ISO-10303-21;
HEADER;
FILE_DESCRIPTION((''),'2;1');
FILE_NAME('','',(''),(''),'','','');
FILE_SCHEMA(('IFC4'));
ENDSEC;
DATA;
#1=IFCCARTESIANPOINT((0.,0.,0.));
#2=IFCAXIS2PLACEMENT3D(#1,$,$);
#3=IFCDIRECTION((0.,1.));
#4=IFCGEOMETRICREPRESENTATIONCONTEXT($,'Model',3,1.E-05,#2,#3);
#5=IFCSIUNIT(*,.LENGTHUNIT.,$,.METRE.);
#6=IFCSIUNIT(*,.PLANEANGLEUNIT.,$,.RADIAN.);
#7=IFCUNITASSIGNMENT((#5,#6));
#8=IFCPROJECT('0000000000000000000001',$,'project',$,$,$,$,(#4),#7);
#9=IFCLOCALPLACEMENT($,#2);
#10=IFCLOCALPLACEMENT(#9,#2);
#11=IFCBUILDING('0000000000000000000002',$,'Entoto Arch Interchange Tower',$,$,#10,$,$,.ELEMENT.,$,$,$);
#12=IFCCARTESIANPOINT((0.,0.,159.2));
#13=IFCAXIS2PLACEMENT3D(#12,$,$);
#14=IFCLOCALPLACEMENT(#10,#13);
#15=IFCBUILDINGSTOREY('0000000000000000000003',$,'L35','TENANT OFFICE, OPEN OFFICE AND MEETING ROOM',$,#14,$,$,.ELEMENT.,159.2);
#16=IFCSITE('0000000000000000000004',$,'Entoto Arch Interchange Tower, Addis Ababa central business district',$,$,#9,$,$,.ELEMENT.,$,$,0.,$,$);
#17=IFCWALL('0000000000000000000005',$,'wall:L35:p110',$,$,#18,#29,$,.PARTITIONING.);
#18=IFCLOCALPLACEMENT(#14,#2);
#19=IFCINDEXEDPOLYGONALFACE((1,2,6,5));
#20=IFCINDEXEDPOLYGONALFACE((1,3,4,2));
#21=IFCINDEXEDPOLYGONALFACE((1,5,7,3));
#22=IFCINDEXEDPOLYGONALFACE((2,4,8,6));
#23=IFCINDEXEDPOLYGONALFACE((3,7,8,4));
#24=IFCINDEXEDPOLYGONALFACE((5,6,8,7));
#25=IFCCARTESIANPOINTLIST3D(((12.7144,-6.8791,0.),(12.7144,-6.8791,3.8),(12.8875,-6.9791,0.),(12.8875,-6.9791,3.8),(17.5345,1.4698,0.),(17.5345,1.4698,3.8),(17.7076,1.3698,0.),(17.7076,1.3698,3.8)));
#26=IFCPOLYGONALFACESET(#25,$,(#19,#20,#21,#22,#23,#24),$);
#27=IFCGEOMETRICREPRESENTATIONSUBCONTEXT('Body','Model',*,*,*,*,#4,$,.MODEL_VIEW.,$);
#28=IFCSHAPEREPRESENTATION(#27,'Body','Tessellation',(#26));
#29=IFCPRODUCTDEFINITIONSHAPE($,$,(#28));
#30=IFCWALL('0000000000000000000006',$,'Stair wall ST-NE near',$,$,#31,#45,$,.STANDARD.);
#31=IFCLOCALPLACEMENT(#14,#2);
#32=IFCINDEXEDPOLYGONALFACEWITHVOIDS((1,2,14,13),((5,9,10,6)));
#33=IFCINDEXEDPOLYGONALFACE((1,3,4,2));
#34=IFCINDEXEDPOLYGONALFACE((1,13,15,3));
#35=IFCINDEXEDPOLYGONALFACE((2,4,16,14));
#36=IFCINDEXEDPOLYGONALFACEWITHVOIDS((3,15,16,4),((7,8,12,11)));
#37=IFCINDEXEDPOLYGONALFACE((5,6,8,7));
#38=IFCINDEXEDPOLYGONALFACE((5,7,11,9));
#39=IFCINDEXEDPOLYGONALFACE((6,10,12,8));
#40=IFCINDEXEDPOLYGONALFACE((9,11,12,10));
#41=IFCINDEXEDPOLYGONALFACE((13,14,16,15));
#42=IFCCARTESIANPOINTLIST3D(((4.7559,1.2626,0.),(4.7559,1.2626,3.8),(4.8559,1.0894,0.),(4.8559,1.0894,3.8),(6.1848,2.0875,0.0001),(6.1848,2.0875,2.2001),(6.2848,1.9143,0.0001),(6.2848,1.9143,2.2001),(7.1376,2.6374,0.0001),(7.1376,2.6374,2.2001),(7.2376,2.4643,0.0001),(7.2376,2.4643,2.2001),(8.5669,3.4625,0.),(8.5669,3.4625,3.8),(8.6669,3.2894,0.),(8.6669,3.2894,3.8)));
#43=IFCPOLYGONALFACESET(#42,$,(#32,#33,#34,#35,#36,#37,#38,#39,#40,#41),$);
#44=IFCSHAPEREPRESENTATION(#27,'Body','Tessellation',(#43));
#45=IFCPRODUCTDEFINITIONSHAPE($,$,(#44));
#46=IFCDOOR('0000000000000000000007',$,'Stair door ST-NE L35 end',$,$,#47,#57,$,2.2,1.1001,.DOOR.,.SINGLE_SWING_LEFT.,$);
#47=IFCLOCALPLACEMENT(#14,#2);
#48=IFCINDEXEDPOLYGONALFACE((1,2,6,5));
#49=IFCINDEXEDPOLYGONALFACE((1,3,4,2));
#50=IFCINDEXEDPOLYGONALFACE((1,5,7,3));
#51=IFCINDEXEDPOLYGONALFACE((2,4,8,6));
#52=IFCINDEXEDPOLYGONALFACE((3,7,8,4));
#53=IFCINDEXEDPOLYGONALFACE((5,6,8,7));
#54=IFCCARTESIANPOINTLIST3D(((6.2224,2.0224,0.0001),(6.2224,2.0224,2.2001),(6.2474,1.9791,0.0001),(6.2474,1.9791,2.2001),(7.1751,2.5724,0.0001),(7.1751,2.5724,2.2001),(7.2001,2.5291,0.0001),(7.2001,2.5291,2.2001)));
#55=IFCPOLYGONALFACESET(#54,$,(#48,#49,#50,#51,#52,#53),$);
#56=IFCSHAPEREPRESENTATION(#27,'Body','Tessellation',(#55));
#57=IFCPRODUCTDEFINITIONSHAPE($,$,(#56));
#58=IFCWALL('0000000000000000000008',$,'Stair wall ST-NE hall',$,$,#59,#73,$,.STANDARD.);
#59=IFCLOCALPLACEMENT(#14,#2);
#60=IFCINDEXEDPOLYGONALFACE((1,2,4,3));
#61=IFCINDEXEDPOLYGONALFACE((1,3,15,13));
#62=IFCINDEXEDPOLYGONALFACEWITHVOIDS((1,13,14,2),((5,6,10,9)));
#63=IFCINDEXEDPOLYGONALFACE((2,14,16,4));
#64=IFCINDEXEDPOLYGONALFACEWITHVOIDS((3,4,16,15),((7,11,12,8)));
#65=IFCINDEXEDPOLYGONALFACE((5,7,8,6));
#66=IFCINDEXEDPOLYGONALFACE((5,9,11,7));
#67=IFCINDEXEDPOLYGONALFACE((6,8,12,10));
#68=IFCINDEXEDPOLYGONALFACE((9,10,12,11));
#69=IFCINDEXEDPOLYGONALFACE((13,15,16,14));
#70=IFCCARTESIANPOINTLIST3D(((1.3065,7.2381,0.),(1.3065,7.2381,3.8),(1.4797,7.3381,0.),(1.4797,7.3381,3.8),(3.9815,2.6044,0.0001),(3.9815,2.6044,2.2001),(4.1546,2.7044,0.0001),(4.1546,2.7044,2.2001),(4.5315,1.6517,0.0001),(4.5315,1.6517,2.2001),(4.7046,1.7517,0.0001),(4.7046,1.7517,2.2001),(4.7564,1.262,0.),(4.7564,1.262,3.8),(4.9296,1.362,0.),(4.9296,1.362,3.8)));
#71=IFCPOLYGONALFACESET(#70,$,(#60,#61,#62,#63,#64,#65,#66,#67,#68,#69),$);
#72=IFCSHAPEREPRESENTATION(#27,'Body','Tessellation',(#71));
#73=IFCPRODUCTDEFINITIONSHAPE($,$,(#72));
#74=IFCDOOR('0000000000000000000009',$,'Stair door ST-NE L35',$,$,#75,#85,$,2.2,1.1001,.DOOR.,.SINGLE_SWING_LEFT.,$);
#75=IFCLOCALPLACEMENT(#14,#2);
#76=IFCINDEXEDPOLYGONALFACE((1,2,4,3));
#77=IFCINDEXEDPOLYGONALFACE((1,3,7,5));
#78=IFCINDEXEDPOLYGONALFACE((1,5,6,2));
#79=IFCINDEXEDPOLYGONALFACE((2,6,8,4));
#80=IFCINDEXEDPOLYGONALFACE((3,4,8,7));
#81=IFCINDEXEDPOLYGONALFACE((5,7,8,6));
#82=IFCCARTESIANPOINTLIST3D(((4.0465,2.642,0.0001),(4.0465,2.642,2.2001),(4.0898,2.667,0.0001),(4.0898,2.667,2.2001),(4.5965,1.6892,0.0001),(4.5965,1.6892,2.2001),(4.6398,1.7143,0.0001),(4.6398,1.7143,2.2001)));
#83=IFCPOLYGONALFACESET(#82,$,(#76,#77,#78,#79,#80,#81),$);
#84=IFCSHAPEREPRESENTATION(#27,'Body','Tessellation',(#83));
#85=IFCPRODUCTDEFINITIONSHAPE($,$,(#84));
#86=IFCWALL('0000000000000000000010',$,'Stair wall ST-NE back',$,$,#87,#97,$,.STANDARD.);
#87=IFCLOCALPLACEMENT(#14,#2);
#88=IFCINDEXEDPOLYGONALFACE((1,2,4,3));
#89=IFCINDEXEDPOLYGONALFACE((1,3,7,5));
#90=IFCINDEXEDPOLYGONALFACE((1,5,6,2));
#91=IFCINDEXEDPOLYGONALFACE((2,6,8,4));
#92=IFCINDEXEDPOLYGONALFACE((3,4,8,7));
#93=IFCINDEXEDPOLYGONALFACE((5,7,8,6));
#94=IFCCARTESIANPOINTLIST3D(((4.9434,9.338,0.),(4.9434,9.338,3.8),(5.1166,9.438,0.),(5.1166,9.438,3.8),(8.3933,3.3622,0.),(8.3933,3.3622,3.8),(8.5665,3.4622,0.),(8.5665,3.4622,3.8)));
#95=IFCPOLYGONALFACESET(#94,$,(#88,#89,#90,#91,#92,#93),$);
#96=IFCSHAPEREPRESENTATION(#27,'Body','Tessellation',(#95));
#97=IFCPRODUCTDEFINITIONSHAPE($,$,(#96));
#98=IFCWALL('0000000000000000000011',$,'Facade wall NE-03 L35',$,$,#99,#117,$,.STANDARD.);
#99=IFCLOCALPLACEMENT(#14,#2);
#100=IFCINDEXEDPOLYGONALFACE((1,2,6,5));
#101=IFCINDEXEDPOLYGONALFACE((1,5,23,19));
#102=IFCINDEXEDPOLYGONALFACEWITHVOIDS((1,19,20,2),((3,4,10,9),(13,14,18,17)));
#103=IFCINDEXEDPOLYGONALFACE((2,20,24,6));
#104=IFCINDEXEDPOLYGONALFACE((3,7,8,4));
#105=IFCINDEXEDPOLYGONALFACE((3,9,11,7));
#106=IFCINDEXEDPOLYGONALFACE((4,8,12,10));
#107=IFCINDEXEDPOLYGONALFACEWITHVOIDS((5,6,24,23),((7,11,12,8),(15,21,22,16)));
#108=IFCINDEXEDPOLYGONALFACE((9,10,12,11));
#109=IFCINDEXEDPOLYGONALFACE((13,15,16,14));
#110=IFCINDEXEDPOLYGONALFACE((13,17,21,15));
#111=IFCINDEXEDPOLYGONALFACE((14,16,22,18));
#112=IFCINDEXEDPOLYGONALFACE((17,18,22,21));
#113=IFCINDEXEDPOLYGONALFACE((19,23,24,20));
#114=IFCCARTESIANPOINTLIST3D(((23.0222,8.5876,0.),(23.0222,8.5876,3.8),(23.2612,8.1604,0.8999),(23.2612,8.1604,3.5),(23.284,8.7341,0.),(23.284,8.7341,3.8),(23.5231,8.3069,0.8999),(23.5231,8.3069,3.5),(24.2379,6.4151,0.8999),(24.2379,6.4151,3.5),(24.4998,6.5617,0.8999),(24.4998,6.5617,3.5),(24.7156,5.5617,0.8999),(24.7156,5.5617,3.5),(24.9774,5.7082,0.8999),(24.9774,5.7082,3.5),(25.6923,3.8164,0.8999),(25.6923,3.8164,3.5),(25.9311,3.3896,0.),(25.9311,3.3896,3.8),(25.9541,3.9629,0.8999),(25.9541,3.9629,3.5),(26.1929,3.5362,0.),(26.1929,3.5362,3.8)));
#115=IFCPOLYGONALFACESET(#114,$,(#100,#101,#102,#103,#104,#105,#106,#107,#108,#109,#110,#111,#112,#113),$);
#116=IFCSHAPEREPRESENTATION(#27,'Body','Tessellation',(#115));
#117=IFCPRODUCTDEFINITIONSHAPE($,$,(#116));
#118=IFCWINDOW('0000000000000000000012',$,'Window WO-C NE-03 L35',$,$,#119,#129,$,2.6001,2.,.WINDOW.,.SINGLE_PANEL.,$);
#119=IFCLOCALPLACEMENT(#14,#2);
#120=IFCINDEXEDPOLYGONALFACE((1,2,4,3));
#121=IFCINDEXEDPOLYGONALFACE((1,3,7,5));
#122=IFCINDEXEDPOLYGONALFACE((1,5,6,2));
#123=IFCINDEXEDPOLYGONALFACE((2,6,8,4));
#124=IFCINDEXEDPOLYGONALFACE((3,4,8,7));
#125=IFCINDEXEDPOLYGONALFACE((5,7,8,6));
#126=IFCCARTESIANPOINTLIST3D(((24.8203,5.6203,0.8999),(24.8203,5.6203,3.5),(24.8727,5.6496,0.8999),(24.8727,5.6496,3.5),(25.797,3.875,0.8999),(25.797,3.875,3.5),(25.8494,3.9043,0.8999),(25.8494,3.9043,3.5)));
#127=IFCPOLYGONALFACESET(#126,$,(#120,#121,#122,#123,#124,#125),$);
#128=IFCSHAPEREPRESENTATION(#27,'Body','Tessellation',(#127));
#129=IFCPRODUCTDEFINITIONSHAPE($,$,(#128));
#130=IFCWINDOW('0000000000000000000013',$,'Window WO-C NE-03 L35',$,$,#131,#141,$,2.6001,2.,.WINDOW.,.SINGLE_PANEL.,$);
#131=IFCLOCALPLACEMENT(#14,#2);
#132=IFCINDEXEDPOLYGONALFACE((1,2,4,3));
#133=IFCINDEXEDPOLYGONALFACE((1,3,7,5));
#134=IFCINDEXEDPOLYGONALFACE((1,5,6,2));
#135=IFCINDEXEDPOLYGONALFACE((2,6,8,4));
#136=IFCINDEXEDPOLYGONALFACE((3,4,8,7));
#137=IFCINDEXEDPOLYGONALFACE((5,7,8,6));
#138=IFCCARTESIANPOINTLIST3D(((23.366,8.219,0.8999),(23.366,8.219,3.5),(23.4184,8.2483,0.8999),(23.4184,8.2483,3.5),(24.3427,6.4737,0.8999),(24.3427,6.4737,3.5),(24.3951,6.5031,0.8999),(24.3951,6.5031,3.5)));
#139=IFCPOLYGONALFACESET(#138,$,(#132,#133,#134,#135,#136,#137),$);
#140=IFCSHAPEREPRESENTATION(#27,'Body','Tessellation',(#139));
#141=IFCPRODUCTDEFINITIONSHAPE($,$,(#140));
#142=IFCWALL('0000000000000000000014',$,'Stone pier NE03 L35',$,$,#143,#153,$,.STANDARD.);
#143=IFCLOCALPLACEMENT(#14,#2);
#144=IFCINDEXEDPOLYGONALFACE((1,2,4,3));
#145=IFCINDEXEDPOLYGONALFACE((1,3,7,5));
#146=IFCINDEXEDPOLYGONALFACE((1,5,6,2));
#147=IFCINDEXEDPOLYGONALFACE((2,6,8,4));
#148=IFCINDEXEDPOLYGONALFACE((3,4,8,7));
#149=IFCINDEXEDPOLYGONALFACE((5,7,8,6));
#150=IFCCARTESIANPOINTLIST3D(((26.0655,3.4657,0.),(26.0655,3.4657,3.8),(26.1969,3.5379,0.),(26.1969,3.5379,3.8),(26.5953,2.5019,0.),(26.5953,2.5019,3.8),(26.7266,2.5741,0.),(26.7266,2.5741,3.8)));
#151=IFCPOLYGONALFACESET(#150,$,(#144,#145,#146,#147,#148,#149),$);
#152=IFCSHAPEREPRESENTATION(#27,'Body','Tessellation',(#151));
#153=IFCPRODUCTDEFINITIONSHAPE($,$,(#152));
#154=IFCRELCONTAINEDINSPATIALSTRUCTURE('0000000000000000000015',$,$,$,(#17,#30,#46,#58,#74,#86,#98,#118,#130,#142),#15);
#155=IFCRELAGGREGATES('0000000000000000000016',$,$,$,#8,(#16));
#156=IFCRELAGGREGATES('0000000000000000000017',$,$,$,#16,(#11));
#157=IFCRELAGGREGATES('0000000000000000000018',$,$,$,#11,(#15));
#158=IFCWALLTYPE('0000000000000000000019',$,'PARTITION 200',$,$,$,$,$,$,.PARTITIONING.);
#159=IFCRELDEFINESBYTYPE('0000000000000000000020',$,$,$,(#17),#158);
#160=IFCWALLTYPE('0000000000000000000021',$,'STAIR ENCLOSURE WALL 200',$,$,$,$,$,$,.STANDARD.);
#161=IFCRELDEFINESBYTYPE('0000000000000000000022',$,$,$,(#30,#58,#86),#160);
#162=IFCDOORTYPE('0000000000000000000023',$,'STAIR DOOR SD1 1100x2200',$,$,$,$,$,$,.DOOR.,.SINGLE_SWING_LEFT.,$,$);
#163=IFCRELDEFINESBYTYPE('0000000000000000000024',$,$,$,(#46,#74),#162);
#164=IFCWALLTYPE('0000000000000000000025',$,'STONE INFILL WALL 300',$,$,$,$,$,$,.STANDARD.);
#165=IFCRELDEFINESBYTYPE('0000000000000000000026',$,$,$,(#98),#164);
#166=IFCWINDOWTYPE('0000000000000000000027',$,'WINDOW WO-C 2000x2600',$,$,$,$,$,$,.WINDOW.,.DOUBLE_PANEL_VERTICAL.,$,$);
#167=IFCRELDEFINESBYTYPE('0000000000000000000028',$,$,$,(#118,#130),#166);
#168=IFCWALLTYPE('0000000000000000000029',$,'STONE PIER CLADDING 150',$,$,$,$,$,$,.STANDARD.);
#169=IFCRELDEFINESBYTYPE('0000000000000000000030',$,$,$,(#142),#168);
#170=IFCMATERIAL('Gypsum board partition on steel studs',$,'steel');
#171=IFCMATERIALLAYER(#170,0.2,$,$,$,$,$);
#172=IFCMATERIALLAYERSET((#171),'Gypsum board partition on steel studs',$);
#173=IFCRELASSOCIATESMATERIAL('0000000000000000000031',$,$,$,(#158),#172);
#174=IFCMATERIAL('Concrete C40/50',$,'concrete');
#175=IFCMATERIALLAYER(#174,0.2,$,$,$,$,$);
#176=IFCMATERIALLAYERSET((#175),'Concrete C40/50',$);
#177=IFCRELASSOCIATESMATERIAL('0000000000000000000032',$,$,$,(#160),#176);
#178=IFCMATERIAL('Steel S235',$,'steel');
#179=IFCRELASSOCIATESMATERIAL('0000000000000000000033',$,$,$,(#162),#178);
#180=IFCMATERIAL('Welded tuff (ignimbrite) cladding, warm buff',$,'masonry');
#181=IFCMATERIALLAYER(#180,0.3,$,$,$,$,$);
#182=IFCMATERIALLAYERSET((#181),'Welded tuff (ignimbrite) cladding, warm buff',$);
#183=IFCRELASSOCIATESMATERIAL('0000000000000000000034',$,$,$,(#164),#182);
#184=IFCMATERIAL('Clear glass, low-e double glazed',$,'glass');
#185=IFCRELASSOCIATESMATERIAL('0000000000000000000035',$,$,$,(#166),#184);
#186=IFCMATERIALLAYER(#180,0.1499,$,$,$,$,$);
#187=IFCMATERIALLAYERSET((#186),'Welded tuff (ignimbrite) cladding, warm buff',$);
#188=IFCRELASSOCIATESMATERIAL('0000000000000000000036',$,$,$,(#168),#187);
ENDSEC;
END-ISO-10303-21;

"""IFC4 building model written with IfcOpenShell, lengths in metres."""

from ifc_helpers import new_model, si_unit, direction, frame, frame_2d, origin, place, context, subcontext, project, spatial, rectangle, extrude, material, layer, layer_set, type_object, element, fill, save


model = new_model("IFC4")

# Units and contexts
model_context = context("Model", 3, precision=1e-05, world=origin(), true_north=direction((0.0, 1.0)))
body_context = subcontext(model_context, "Body", "Model", "MODEL_VIEW")
ifc_project = project(units=[si_unit("LENGTHUNIT", "METRE"), si_unit("PLANEANGLEUNIT", "RADIAN")], contexts=[model_context])

# Site, building, storey
site_placement = place(None, origin())
site = spatial("IfcSite", under=ifc_project, at=site_placement, Name="Entoto Arch Interchange Tower, Addis Ababa central business district", CompositionType="ELEMENT", RefElevation=0.0)
building_placement = place(site_placement, origin())
building = spatial("IfcBuilding", under=site, at=building_placement, Name="Entoto Arch Interchange Tower", CompositionType="ELEMENT")
storey_placement = place(building_placement, frame((0.0, 0.0, 159.2)))
storey = spatial("IfcBuildingStorey", under=building, at=storey_placement, Name="L35", Description="TENANT OFFICE, OPEN OFFICE AND MEETING ROOM", CompositionType="ELEMENT", Elevation=159.2)

# Shared definitions
ifc_material_1 = material(Name="Concrete C40/50", Category="concrete")

# Shared definitions
ifc_material_2 = material(Name="Gypsum board partition on steel studs", Category="steel")
ifc_layer_1 = layer(ifc_material_2, 0.2)
ifc_layer_set_1 = layer_set([ifc_layer_1], Name="Gypsum board partition on steel studs")
wall_type_1 = type_object("IfcWallType", Name="PARTITION 200", PredefinedType="PARTITIONING", material=ifc_layer_set_1)

# Wall
wall_1_placement = place(storey_placement, frame((17.6211, 1.4199, 0.0), z_axis=(0.0, 0.0, 1.0), x_axis=(-0.499988, -0.866033, 0.0)))
element("IfcWall", 1, at=wall_1_placement, inside=storey, type_object=wall_type_1, Name="wall:L35:p110", PredefinedType="PARTITIONING", context=body_context, shape_type="SweptSolid", body=[
    extrude(rectangle(XDim=9.6404, YDim=0.2, at=frame_2d((4.8203, 0.0))), origin(), (0.0, 0.0, 1.0), 3.8),
])

# Walls, openings, doors
ifc_layer_2 = layer(ifc_material_1, 0.2)
ifc_layer_set_2 = layer_set([ifc_layer_2], Name="Concrete C40/50")
wall_type_2 = type_object("IfcWallType", Name="STAIR ENCLOSURE WALL 200", PredefinedType="STANDARD", material=ifc_layer_set_2)
wall_2_placement = place(storey_placement, frame((4.8059, 1.176, 0.0), z_axis=(0.0, 0.0, 1.0), x_axis=(0.86606, 0.49994, 0.0)))
wall_2 = element("IfcWall", 2, at=wall_2_placement, inside=storey, type_object=wall_type_2, Name="Stair wall ST-NE near", PredefinedType="STANDARD", context=body_context, shape_type="SweptSolid", body=[
    extrude(rectangle(XDim=4.4004, YDim=0.2, at=frame_2d((2.2002, 0.0))), origin(), (0.0, 0.0, 1.0), 3.8),
])
opening_1_placement = place(wall_2_placement, frame((1.6499, 0.0, 0.0)))
opening_1 = element("IfcOpeningElement", 3, at=opening_1_placement, cuts=wall_2, PredefinedType="OPENING", context=body_context, shape_type="SweptSolid", body=[
    extrude(rectangle(XDim=1.1001, YDim=2.2, at=frame_2d((0.55, 1.1001))), frame((0.0, 0.1099, 0.0), z_axis=(0.0, -1.0, 0.0), x_axis=(1.0, 0.0, 0.0)), (0.0, 0.0, 1.0), 0.22),
])
ifc_material_3 = material(Name="Steel S235", Category="steel")
door_type_1 = type_object("IfcDoorType", Name="STAIR DOOR SD1 1100x2200", OperationType="SINGLE_SWING_LEFT", PredefinedType="DOOR", material=ifc_material_3)
door_1_placement = place(opening_1_placement, origin())
door_1 = element("IfcDoor", 4, at=door_1_placement, inside=storey, type_object=door_type_1, Name="Stair door ST-NE L35 end", OperationType="SINGLE_SWING_LEFT", OverallHeight=2.2, OverallWidth=1.1001, PredefinedType="DOOR", context=body_context, shape_type="SweptSolid", body=[
    extrude(rectangle(XDim=1.1001, YDim=2.2, at=frame_2d((0.55, 1.1001))), frame((0.0, 0.0249, 0.0), z_axis=(0.0, -1.0, 0.0), x_axis=(1.0, 0.0, 0.0)), (0.0, 0.0, 1.0), 0.05),
])
fill(opening_1, door_1)
wall_3_placement = place(storey_placement, frame((4.843, 1.312, 0.0), z_axis=(0.0, 0.0, 1.0), x_axis=(-0.499963, 0.866047, 0.0)))
wall_3 = element("IfcWall", 5, at=wall_3_placement, inside=storey, type_object=wall_type_2, Name="Stair wall ST-NE hall", PredefinedType="STANDARD", context=body_context, shape_type="SweptSolid", body=[
    extrude(rectangle(XDim=6.9004, YDim=0.2, at=frame_2d((3.4502, 0.0))), origin(), (0.0, 0.0, 1.0), 3.8),
])
opening_2_placement = place(wall_3_placement, frame((0.45, 0.0, 0.0)))
opening_2 = element("IfcOpeningElement", 6, at=opening_2_placement, cuts=wall_3, PredefinedType="OPENING", context=body_context, shape_type="SweptSolid", body=[
    extrude(rectangle(XDim=1.1001, YDim=2.2, at=frame_2d((0.55, 1.1001))), frame((0.0, 0.1099, 0.0), z_axis=(0.0, -1.0, 0.0), x_axis=(1.0, 0.0, 0.0)), (0.0, 0.0, 1.0), 0.22),
])
door_2_placement = place(opening_2_placement, origin())
door_2 = element("IfcDoor", 7, at=door_2_placement, inside=storey, type_object=door_type_1, Name="Stair door ST-NE L35", OperationType="SINGLE_SWING_LEFT", OverallHeight=2.2, OverallWidth=1.1001, PredefinedType="DOOR", context=body_context, shape_type="SweptSolid", body=[
    extrude(rectangle(XDim=1.1001, YDim=2.2, at=frame_2d((0.55, 1.1001))), frame((0.0, 0.0249, 0.0), z_axis=(0.0, -1.0, 0.0), x_axis=(1.0, 0.0, 0.0)), (0.0, 0.0, 1.0), 0.05),
])
fill(opening_2, door_2)

# Wall
wall_4_placement = place(storey_placement, frame((8.48, 3.4121, 0.0), z_axis=(0.0, 0.0, 1.0), x_axis=(-0.499979, 0.866038, 0.0)))
element("IfcWall", 8, at=wall_4_placement, inside=storey, type_object=wall_type_2, Name="Stair wall ST-NE back", PredefinedType="STANDARD", context=body_context, shape_type="SweptSolid", body=[
    extrude(rectangle(XDim=6.9001, YDim=0.2, at=frame_2d((3.4502, 0.0))), origin(), (0.0, 0.0, 1.0), 3.8),
])

# Wall, openings, windows
ifc_material_4 = material(Name="Welded tuff (ignimbrite) cladding, warm buff", Category="masonry")
ifc_layer_3 = layer(ifc_material_4, 0.3)
ifc_layer_set_3 = layer_set([ifc_layer_3], Name="Welded tuff (ignimbrite) cladding, warm buff")
wall_type_3 = type_object("IfcWallType", Name="STONE INFILL WALL 300", PredefinedType="STANDARD", material=ifc_layer_set_3)
wall_5_placement = place(storey_placement, frame((26.062, 3.4629, 0.0), z_axis=(0.0, 0.0, 1.0), x_axis=(-0.488355, 0.872645, 0.0)))
wall_5 = element("IfcWall", 9, at=wall_5_placement, inside=storey, type_object=wall_type_3, Name="Facade wall NE-03 L35", PredefinedType="STANDARD", context=body_context, shape_type="SweptSolid", body=[
    extrude(rectangle(XDim=5.9565, YDim=0.3, at=frame_2d((2.9783, 0.0))), origin(), (0.0, 0.0, 1.0), 3.8),
])
opening_3_placement = place(wall_5_placement, frame((0.489, 0.0, 0.8999)))
opening_3 = element("IfcOpeningElement", 10, at=opening_3_placement, cuts=wall_5, PredefinedType="OPENING", context=body_context, shape_type="SweptSolid", body=[
    extrude(rectangle(XDim=2.0, YDim=2.6001, at=frame_2d((1.0, 1.3))), frame((0.0, 0.1602, 0.0), z_axis=(0.0, -1.0, 0.0), x_axis=(1.0, 0.0, 0.0)), (0.0, 0.0, 1.0), 0.3201),
])
opening_4_placement = place(wall_5_placement, frame((3.467, 0.0, 0.8999)))
opening_4 = element("IfcOpeningElement", 11, at=opening_4_placement, cuts=wall_5, PredefinedType="OPENING", context=body_context, shape_type="SweptSolid", body=[
    extrude(rectangle(XDim=2.0, YDim=2.6001, at=frame_2d((1.0, 1.3))), frame((0.0, 0.1602, 0.0), z_axis=(0.0, -1.0, 0.0), x_axis=(1.0, 0.0, 0.0)), (0.0, 0.0, 1.0), 0.3201),
])
ifc_material_5 = material(Name="Clear glass, low-e double glazed", Category="glass")
window_type = type_object("IfcWindowType", Name="WINDOW WO-C 2000x2600", PartitioningType="DOUBLE_PANEL_VERTICAL", PredefinedType="WINDOW", material=ifc_material_5)
window_1_placement = place(opening_3_placement, origin())
window_1 = element("IfcWindow", 12, at=window_1_placement, inside=storey, type_object=window_type, Name="Window WO-C NE-03 L35", OverallHeight=2.6001, OverallWidth=2.0, PartitioningType="SINGLE_PANEL", PredefinedType="WINDOW", context=body_context, shape_type="SweptSolid", body=[
    extrude(rectangle(XDim=2.0, YDim=2.6001, at=frame_2d((1.0, 1.3))), frame((0.0, 0.03, 0.0), z_axis=(0.0, -1.0, 0.0), x_axis=(1.0, 0.0, 0.0)), (0.0, 0.0, 1.0), 0.0601),
])
fill(opening_3, window_1)
window_2_placement = place(opening_4_placement, origin())
window_2 = element("IfcWindow", 13, at=window_2_placement, inside=storey, type_object=window_type, Name="Window WO-C NE-03 L35", OverallHeight=2.6001, OverallWidth=2.0, PartitioningType="SINGLE_PANEL", PredefinedType="WINDOW", context=body_context, shape_type="SweptSolid", body=[
    extrude(rectangle(XDim=2.0, YDim=2.6001, at=frame_2d((1.0, 1.3))), frame((0.0, 0.03, 0.0), z_axis=(0.0, -1.0, 0.0), x_axis=(1.0, 0.0, 0.0)), (0.0, 0.0, 1.0), 0.0601),
])
fill(opening_4, window_2)

# Wall
ifc_layer_4 = layer(ifc_material_4, 0.1499)
ifc_layer_set_4 = layer_set([ifc_layer_4], Name="Welded tuff (ignimbrite) cladding, warm buff")
wall_type_4 = type_object("IfcWallType", Name="STONE PIER CLADDING 150", PredefinedType="STANDARD", material=ifc_layer_set_4)
wall_6_placement = place(storey_placement, frame((26.6609, 2.5381, 0.0), z_axis=(0.0, 0.0, 1.0), x_axis=(-0.48168, 0.876347, 0.0)))
element("IfcWall", 14, at=wall_6_placement, inside=storey, type_object=wall_type_4, Name="Stone pier NE03 L35", PredefinedType="STANDARD", context=body_context, shape_type="SweptSolid", body=[
    extrude(rectangle(XDim=1.0999, YDim=0.1499, at=frame_2d((0.5498, 0.0))), origin(), (0.0, 0.0, 1.0), 3.8),
])

save(model, "model.ifc")
